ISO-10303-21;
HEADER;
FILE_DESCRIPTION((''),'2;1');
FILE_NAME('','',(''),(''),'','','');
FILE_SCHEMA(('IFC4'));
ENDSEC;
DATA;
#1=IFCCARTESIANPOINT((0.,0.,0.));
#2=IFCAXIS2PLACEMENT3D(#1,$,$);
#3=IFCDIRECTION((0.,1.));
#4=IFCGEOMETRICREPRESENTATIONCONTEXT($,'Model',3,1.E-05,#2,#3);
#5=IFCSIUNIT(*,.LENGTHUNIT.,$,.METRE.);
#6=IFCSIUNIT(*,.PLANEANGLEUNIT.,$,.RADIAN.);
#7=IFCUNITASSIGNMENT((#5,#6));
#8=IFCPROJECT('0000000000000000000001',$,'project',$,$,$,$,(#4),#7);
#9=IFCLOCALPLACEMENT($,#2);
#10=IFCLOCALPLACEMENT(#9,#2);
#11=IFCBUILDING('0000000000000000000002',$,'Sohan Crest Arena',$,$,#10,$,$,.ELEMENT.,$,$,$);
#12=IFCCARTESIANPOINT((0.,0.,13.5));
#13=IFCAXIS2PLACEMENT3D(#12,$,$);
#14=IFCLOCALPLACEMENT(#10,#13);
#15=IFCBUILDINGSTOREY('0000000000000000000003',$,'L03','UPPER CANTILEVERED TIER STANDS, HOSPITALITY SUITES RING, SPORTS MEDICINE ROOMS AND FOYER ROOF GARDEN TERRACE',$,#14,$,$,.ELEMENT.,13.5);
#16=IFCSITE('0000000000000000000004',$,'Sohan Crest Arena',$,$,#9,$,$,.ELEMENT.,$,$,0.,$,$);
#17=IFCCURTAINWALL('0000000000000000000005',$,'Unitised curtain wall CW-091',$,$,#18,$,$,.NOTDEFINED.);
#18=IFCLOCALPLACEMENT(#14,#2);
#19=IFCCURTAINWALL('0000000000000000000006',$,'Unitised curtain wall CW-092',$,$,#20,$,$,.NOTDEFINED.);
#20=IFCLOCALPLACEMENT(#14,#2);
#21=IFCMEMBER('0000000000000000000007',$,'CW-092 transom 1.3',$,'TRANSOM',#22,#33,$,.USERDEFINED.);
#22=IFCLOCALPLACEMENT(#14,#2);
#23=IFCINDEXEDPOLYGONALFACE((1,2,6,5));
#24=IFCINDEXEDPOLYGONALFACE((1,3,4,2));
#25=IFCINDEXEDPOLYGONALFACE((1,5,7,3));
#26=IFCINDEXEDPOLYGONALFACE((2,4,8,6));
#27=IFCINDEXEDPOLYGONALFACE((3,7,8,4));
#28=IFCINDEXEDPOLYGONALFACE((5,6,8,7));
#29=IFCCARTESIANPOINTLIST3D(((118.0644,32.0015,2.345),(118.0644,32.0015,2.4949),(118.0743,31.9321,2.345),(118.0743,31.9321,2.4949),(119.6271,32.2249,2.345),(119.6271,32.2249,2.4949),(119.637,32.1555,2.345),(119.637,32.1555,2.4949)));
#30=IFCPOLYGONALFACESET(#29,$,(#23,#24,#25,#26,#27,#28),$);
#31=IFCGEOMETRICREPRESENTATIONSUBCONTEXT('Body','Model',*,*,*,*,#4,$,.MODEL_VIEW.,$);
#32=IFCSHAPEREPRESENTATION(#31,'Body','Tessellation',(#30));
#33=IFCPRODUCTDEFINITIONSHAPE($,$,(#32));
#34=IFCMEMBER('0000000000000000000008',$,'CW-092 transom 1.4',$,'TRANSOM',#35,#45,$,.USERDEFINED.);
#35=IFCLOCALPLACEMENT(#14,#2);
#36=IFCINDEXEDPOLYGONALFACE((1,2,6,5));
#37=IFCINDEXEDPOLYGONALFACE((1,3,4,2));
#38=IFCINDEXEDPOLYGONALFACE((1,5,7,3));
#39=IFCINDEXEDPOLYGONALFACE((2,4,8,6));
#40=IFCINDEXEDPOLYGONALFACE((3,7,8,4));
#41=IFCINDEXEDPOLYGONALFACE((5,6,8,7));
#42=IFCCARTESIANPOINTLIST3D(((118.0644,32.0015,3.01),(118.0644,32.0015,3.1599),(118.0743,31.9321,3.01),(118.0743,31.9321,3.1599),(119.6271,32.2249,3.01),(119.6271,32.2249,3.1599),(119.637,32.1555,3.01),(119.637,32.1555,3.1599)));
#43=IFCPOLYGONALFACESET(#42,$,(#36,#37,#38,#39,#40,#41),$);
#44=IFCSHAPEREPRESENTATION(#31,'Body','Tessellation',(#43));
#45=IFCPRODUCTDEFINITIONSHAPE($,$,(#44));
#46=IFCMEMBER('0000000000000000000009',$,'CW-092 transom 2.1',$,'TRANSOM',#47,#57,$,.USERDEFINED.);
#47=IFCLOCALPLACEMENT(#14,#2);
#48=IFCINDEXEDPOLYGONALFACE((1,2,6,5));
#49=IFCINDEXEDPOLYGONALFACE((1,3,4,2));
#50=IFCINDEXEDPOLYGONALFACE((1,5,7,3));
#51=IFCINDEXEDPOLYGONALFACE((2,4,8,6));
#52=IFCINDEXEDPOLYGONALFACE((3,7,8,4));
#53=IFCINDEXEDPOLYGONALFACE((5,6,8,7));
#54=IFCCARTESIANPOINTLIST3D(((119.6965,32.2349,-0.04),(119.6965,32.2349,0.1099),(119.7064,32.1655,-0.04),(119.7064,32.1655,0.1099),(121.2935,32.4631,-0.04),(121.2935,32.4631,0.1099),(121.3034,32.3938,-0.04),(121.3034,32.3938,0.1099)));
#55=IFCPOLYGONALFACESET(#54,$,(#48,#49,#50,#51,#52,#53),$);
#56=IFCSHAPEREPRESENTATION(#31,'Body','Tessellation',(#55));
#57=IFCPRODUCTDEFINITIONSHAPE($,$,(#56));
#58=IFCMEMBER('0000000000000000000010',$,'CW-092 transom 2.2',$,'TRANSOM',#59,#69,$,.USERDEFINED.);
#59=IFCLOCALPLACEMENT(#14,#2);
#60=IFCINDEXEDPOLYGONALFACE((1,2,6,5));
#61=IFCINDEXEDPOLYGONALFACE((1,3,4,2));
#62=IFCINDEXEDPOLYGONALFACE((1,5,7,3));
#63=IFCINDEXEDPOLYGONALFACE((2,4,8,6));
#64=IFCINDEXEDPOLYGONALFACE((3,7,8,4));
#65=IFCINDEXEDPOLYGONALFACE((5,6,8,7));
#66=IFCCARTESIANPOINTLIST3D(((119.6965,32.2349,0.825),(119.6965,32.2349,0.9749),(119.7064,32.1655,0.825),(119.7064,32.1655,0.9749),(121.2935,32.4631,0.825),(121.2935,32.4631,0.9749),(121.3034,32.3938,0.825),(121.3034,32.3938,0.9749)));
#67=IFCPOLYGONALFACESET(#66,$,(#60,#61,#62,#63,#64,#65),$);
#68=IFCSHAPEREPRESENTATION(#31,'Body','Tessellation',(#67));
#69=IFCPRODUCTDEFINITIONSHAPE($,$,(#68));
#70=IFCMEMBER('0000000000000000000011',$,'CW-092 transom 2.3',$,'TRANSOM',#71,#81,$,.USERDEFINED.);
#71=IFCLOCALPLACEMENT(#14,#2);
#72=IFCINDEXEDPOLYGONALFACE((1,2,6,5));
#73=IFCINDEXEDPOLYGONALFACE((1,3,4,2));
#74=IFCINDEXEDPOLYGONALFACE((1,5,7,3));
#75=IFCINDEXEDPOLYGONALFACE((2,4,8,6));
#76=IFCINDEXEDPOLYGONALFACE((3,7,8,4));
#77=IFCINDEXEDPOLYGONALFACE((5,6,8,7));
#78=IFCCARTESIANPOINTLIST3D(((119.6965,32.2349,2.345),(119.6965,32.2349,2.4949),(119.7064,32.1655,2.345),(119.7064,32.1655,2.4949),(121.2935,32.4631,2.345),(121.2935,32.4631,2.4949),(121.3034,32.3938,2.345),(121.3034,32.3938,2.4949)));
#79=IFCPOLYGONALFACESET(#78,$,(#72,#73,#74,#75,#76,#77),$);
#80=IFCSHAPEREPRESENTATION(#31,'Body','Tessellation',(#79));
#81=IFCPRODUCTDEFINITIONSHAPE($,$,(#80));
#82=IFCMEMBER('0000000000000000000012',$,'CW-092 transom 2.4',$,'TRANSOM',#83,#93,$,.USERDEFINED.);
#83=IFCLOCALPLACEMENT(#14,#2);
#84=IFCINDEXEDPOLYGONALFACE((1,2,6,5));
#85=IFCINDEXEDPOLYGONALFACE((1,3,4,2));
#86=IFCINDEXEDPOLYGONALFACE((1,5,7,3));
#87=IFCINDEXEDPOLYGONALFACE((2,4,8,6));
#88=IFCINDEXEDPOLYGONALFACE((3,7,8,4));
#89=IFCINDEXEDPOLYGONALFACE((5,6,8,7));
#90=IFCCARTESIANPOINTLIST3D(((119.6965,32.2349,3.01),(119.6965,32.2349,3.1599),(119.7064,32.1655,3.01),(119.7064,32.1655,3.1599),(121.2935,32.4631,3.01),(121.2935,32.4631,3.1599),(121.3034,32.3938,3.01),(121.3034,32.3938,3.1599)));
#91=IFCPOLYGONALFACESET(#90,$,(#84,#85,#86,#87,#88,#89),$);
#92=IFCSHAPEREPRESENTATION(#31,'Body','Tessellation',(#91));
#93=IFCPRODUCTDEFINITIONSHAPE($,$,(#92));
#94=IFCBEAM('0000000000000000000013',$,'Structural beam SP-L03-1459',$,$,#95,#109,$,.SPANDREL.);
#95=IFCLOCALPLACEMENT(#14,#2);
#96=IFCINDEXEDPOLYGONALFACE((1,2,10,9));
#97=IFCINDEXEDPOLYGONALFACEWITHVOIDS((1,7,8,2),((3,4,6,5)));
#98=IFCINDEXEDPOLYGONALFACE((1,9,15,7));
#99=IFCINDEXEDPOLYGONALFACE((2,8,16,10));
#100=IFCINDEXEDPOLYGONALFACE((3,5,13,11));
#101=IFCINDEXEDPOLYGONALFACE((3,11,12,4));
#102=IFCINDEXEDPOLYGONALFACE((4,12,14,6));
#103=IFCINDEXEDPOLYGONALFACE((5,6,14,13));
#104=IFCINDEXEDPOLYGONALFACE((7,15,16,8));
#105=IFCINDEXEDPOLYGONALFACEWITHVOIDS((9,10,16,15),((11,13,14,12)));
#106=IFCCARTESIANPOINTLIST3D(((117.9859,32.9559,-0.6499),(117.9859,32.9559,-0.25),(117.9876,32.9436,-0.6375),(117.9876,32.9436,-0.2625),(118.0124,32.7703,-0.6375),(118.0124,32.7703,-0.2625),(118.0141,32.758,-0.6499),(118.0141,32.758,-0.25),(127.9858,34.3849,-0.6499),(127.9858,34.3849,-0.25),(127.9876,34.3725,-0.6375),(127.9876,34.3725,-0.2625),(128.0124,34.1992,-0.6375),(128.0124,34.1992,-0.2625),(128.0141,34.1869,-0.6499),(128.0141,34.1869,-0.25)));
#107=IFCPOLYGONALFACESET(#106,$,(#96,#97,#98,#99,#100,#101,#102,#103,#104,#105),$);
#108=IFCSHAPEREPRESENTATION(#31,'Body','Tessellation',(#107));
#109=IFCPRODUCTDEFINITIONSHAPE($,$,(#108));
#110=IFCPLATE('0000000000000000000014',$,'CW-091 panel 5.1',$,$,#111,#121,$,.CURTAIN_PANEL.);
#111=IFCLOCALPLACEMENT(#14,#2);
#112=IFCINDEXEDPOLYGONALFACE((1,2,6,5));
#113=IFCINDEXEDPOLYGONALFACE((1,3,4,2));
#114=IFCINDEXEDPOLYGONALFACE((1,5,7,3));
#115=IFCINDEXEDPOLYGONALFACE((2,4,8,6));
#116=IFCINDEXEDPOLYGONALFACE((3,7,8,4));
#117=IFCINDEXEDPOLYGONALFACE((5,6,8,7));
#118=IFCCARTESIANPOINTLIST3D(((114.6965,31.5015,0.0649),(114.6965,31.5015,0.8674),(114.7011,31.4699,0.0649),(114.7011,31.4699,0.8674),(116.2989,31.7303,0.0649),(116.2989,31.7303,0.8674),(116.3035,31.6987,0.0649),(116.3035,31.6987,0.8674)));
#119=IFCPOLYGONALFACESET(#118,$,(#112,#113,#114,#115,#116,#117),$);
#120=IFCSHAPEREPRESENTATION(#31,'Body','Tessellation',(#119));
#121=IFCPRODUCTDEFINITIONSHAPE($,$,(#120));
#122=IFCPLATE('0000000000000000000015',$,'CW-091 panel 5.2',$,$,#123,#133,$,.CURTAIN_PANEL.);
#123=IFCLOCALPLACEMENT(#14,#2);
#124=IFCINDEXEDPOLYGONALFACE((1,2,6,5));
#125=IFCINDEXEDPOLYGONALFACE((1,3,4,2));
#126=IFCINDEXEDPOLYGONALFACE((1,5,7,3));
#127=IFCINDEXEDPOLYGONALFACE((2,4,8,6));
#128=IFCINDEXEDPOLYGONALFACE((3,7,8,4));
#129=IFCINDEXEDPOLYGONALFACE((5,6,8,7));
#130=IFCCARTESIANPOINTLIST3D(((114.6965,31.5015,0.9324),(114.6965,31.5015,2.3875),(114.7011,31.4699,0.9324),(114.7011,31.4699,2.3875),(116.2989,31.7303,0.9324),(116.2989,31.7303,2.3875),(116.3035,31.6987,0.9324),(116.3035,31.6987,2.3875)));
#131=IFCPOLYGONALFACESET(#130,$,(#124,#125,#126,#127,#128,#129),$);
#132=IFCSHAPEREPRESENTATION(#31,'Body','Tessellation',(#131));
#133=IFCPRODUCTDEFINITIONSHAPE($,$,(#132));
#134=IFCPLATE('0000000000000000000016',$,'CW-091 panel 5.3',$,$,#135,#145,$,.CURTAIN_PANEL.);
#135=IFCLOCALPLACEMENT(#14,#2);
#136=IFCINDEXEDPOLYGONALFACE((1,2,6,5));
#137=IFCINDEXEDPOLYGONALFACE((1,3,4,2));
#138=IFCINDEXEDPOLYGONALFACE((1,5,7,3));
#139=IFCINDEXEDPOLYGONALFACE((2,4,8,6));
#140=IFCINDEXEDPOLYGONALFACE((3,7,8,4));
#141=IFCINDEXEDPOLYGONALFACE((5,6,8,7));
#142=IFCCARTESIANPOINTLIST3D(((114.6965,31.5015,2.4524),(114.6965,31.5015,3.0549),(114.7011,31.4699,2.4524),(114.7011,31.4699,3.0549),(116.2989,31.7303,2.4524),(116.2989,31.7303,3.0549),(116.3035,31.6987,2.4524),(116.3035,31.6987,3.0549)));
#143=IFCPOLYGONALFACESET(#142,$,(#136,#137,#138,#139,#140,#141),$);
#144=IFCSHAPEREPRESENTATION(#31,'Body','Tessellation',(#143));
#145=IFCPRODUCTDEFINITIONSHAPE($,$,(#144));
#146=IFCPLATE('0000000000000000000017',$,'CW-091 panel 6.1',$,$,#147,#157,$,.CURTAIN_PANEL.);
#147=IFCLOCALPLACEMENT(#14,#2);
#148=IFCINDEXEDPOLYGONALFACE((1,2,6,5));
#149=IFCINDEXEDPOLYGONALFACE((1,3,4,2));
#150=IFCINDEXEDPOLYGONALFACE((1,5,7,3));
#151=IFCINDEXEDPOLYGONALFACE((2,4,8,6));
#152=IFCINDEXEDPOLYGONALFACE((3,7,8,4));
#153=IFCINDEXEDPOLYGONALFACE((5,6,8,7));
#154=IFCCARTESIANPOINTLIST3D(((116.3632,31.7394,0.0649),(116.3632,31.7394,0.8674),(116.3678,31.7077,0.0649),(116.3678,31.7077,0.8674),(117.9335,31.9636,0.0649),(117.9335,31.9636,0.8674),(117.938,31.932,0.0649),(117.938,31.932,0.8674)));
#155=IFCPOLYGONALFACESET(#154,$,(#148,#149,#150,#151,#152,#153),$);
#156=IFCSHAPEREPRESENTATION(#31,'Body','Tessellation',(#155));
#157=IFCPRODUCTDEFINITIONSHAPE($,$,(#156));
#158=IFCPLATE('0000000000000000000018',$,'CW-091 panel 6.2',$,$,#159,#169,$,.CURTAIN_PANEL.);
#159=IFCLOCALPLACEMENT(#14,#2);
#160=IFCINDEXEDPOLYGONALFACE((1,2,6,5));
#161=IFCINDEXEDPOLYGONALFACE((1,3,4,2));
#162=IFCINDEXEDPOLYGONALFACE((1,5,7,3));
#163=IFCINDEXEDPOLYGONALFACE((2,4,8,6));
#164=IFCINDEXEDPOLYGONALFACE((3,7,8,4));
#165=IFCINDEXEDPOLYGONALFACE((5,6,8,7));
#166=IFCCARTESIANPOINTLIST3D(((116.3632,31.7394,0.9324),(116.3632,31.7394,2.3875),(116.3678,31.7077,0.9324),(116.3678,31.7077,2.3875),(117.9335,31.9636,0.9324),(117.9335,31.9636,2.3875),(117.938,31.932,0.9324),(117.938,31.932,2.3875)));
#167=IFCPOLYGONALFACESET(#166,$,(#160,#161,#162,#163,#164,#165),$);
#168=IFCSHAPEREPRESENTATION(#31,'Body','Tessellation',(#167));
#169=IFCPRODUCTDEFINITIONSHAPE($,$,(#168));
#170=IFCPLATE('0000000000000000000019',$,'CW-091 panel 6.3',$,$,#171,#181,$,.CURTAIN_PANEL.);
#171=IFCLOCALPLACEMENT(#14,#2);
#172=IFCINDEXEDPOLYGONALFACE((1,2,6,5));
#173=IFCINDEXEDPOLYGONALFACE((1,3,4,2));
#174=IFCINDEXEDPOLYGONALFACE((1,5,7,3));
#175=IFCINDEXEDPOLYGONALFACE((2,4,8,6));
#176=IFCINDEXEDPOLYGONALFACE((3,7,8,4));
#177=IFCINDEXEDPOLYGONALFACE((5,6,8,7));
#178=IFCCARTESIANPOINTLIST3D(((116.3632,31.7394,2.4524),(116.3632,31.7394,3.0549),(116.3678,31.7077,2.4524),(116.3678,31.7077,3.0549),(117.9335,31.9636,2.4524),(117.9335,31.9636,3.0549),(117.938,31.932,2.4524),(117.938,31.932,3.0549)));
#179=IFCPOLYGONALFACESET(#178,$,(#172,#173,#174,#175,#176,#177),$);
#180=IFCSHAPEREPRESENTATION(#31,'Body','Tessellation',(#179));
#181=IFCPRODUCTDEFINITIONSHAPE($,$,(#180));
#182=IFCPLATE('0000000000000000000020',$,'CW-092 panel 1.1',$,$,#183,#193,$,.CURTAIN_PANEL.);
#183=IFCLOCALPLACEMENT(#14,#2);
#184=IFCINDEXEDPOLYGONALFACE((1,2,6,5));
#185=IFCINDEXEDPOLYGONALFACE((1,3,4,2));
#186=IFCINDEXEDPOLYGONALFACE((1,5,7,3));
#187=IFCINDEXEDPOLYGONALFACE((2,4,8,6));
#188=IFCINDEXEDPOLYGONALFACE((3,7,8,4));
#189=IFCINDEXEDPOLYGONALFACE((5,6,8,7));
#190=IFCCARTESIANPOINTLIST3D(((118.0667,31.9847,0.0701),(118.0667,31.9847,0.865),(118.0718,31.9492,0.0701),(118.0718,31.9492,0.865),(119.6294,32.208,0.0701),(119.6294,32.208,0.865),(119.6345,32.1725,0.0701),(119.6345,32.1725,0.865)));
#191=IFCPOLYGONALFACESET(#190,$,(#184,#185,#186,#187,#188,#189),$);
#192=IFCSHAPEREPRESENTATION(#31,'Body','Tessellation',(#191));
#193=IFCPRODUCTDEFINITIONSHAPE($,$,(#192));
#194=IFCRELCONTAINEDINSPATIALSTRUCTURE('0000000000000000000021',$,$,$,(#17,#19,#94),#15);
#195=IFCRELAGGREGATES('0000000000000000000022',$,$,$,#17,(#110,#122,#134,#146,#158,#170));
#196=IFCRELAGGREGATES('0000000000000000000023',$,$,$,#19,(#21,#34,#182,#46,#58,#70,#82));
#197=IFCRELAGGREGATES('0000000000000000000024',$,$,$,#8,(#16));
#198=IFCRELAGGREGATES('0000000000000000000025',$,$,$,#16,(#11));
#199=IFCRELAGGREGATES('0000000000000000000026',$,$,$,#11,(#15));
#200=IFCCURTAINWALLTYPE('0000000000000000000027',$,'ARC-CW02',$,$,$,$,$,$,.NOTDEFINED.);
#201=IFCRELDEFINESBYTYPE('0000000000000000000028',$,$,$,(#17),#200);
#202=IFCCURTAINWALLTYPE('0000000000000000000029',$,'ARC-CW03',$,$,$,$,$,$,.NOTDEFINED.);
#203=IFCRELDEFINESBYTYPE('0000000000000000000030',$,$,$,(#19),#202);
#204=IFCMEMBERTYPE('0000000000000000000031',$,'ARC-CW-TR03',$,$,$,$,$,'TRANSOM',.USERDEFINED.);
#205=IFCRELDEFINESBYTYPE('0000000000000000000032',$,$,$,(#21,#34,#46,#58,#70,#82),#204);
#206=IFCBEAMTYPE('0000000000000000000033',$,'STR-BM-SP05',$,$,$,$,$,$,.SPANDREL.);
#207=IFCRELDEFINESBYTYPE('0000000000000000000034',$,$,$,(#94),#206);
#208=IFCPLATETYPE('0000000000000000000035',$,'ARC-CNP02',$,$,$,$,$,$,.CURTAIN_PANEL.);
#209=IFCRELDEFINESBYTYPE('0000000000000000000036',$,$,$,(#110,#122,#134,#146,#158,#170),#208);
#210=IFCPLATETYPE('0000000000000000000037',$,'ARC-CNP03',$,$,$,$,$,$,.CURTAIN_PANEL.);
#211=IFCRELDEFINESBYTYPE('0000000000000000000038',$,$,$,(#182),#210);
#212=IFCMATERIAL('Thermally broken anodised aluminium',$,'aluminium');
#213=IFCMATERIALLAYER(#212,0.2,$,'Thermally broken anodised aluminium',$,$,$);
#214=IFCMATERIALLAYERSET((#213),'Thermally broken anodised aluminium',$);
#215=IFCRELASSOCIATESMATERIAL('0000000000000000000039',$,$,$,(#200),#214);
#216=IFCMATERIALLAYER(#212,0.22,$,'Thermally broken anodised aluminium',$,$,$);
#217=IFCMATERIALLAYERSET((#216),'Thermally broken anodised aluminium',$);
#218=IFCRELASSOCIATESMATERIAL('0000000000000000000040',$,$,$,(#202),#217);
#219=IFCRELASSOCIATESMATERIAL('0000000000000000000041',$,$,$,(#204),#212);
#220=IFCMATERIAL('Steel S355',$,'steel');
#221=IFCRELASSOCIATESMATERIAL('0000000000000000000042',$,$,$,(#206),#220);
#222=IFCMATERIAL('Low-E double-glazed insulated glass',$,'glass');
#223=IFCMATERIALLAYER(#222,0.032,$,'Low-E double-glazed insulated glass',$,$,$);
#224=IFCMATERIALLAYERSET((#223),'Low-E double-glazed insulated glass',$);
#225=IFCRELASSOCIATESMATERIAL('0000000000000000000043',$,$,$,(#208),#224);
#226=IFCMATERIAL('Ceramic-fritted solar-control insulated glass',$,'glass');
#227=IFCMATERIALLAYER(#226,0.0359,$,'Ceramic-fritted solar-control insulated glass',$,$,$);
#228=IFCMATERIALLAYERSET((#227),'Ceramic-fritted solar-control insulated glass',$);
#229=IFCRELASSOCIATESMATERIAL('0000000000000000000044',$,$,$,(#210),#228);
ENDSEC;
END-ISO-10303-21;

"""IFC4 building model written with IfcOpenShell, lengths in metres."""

from ifc_helpers import new_model, si_unit, direction, frame, origin, origin_2d, place, context, subcontext, project, spatial, rectangle, hollow_rectangle, extrude, material, layer, layer_set, material_profile, profile_set, type_object, element, aggregate, save


model = new_model("IFC4")

# Units and contexts
model_context = context("Model", 3, precision=1e-05, world=origin(), true_north=direction((0.0, 1.0)))
body_context = subcontext(model_context, "Body", "Model", "MODEL_VIEW")
ifc_project = project(units=[si_unit("LENGTHUNIT", "METRE"), si_unit("PLANEANGLEUNIT", "RADIAN")], contexts=[model_context])

# Site, building, storey
site_placement = place(None, origin())
site = spatial("IfcSite", under=ifc_project, at=site_placement, Name="Sohan Crest Arena", CompositionType="ELEMENT", RefElevation=0.0)
building_placement = place(site_placement, origin())
building = spatial("IfcBuilding", under=site, at=building_placement, Name="Sohan Crest Arena", CompositionType="ELEMENT")
storey_placement = place(building_placement, frame((0.0, 0.0, 13.5)))
storey = spatial("IfcBuildingStorey", under=building, at=storey_placement, Name="L03", Description="UPPER CANTILEVERED TIER STANDS, HOSPITALITY SUITES RING, SPORTS MEDICINE ROOMS AND FOYER ROOF GARDEN TERRACE", CompositionType="ELEMENT", Elevation=13.5)

# Shared definitions
ifc_material_1 = material(Name="Steel S355", Category="steel")

# Curtain walls
ifc_material_2 = material(Name="Thermally broken anodised aluminium", Category="aluminium")
ifc_layer_1 = layer(ifc_material_2, 0.2, Name="Thermally broken anodised aluminium")
ifc_layer_set_1 = layer_set([ifc_layer_1], Name="Thermally broken anodised aluminium")
curtain_wall_type_1 = type_object("IfcCurtainWallType", Name="ARC-CW02", PredefinedType="NOTDEFINED", material=ifc_layer_set_1)
curtain_wall_1_placement = place(storey_placement, origin())
curtain_wall_1 = element("IfcCurtainWall", 1, at=curtain_wall_1_placement, inside=storey, type_object=curtain_wall_type_1, Name="Unitised curtain wall CW-091", PredefinedType="NOTDEFINED")
ifc_layer_2 = layer(ifc_material_2, 0.22, Name="Thermally broken anodised aluminium")
ifc_layer_set_2 = layer_set([ifc_layer_2], Name="Thermally broken anodised aluminium")
curtain_wall_type_2 = type_object("IfcCurtainWallType", Name="ARC-CW03", PredefinedType="NOTDEFINED", material=ifc_layer_set_2)
curtain_wall_2_placement = place(storey_placement, origin())
curtain_wall_2 = element("IfcCurtainWall", 2, at=curtain_wall_2_placement, inside=storey, type_object=curtain_wall_type_2, Name="Unitised curtain wall CW-092", PredefinedType="NOTDEFINED")

# Members
ifc_material_profile_1 = material_profile(ifc_material_2, rectangle(XDim=0.0701, YDim=0.1499, at=origin_2d()), Name="ALU-TRAN 70x150")
ifc_profile_set_1 = profile_set([ifc_material_profile_1], Name="Thermally broken anodised aluminium")
member_type_1 = type_object("IfcMemberType", Name="ARC-CW-TR03", ElementType="TRANSOM", PredefinedType="USERDEFINED", material=ifc_profile_set_1)
member_1_placement = place(storey_placement, frame((118.0693, 31.9668, 2.4199), z_axis=(0.989937, 0.141508, 0.0), x_axis=(-0.141508, 0.989937, 0.0)))
member_1 = element("IfcMember", 3, at=member_1_placement, type_object=member_type_1, Name="CW-092 transom 1.3", ObjectType="TRANSOM", PredefinedType="USERDEFINED", context=body_context, shape_type="SweptSolid", body=[
    extrude(rectangle(XDim=0.0701, YDim=0.1499, at=origin_2d()), origin(), (0.0, 0.0, 1.0), 1.5786),
])
member_2_placement = place(storey_placement, frame((118.0693, 31.9668, 3.085), z_axis=(0.989937, 0.141508, 0.0), x_axis=(-0.141508, 0.989937, 0.0)))
member_2 = element("IfcMember", 4, at=member_2_placement, type_object=member_type_1, Name="CW-092 transom 1.4", ObjectType="TRANSOM", PredefinedType="USERDEFINED", context=body_context, shape_type="SweptSolid", body=[
    extrude(rectangle(XDim=0.0701, YDim=0.1499, at=origin_2d()), origin(), (0.0, 0.0, 1.0), 1.5786),
])
member_3_placement = place(storey_placement, frame((119.7014, 32.2002, 0.0349), z_axis=(0.98994, 0.141485, 0.0), x_axis=(-0.141485, 0.98994, 0.0)))
member_3 = element("IfcMember", 5, at=member_3_placement, type_object=member_type_1, Name="CW-092 transom 2.1", ObjectType="TRANSOM", PredefinedType="USERDEFINED", context=body_context, shape_type="SweptSolid", body=[
    extrude(rectangle(XDim=0.0701, YDim=0.1499, at=origin_2d()), origin(), (0.0, 0.0, 1.0), 1.6133),
])
member_4_placement = place(storey_placement, frame((119.7014, 32.2002, 0.8999), z_axis=(0.98994, 0.141485, 0.0), x_axis=(-0.141485, 0.98994, 0.0)))
member_4 = element("IfcMember", 6, at=member_4_placement, type_object=member_type_1, Name="CW-092 transom 2.2", ObjectType="TRANSOM", PredefinedType="USERDEFINED", context=body_context, shape_type="SweptSolid", body=[
    extrude(rectangle(XDim=0.0701, YDim=0.1499, at=origin_2d()), origin(), (0.0, 0.0, 1.0), 1.6133),
])
member_5_placement = place(storey_placement, frame((119.7014, 32.2002, 2.4199), z_axis=(0.98994, 0.141485, 0.0), x_axis=(-0.141485, 0.98994, 0.0)))
member_5 = element("IfcMember", 7, at=member_5_placement, type_object=member_type_1, Name="CW-092 transom 2.3", ObjectType="TRANSOM", PredefinedType="USERDEFINED", context=body_context, shape_type="SweptSolid", body=[
    extrude(rectangle(XDim=0.0701, YDim=0.1499, at=origin_2d()), origin(), (0.0, 0.0, 1.0), 1.6133),
])
member_6_placement = place(storey_placement, frame((119.7014, 32.2002, 3.085), z_axis=(0.98994, 0.141485, 0.0), x_axis=(-0.141485, 0.98994, 0.0)))
member_6 = element("IfcMember", 8, at=member_6_placement, type_object=member_type_1, Name="CW-092 transom 2.4", ObjectType="TRANSOM", PredefinedType="USERDEFINED", context=body_context, shape_type="SweptSolid", body=[
    extrude(rectangle(XDim=0.0701, YDim=0.1499, at=origin_2d()), origin(), (0.0, 0.0, 1.0), 1.6133),
])

# Beam
ifc_material_profile_2 = material_profile(ifc_material_1, hollow_rectangle(XDim=0.2, YDim=0.3999, WallThickness=0.0125, at=origin_2d()), Name="RHS 400x200x12.5")
ifc_profile_set_2 = profile_set([ifc_material_profile_2], Name="Steel S355")
beam_type = type_object("IfcBeamType", Name="STR-BM-SP05", PredefinedType="SPANDREL", material=ifc_profile_set_2)
beam_placement = place(storey_placement, frame((118.0, 32.8569, -0.45), z_axis=(0.989944, 0.141459, 0.0), x_axis=(-0.141459, 0.989944, 0.0)))
element("IfcBeam", 9, at=beam_placement, inside=storey, type_object=beam_type, Name="Structural beam SP-L03-1459", PredefinedType="SPANDREL", context=body_context, shape_type="SweptSolid", body=[
    extrude(hollow_rectangle(XDim=0.2, YDim=0.3999, WallThickness=0.0125, at=origin_2d()), origin(), (0.0, 0.0, 1.0), 10.1016),
])

# Plates
ifc_material_3 = material(Name="Low-E double-glazed insulated glass", Category="glass")
ifc_layer_3 = layer(ifc_material_3, 0.032, Name="Low-E double-glazed insulated glass")
ifc_layer_set_3 = layer_set([ifc_layer_3], Name="Low-E double-glazed insulated glass")
plate_type_1 = type_object("IfcPlateType", Name="ARC-CNP02", PredefinedType="CURTAIN_PANEL", material=ifc_layer_set_3)
plate_1_placement = place(storey_placement, frame((115.5, 31.6001, 0.0649), z_axis=(0.0, 0.0, 1.0), x_axis=(0.989957, 0.141366, 0.0)))
plate_1 = element("IfcPlate", 10, at=plate_1_placement, type_object=plate_type_1, Name="CW-091 panel 5.1", PredefinedType="CURTAIN_PANEL", context=body_context, shape_type="SweptSolid", body=[
    extrude(rectangle(XDim=1.6187, YDim=0.032, at=origin_2d()), origin(), (0.0, 0.0, 1.0), 0.8025),
])
plate_2_placement = place(storey_placement, frame((115.5, 31.6001, 0.9324), z_axis=(0.0, 0.0, 1.0), x_axis=(0.989957, 0.141366, 0.0)))
plate_2 = element("IfcPlate", 11, at=plate_2_placement, type_object=plate_type_1, Name="CW-091 panel 5.2", PredefinedType="CURTAIN_PANEL", context=body_context, shape_type="SweptSolid", body=[
    extrude(rectangle(XDim=1.6187, YDim=0.032, at=origin_2d()), origin(), (0.0, 0.0, 1.0), 1.4551),
])
plate_3_placement = place(storey_placement, frame((115.5, 31.6001, 2.4524), z_axis=(0.0, 0.0, 1.0), x_axis=(0.989957, 0.141366, 0.0)))
plate_3 = element("IfcPlate", 12, at=plate_3_placement, type_object=plate_type_1, Name="CW-091 panel 5.3", PredefinedType="CURTAIN_PANEL", context=body_context, shape_type="SweptSolid", body=[
    extrude(rectangle(XDim=1.6187, YDim=0.032, at=origin_2d()), origin(), (0.0, 0.0, 1.0), 0.6025),
])
plate_4_placement = place(storey_placement, frame((117.1506, 31.8357, 0.0649), z_axis=(0.0, 0.0, 1.0), x_axis=(0.989957, 0.141366, 0.0)))
plate_4 = element("IfcPlate", 13, at=plate_4_placement, type_object=plate_type_1, Name="CW-091 panel 6.1", PredefinedType="CURTAIN_PANEL", context=body_context, shape_type="SweptSolid", body=[
    extrude(rectangle(XDim=1.5862, YDim=0.032, at=origin_2d()), origin(), (0.0, 0.0, 1.0), 0.8025),
])
plate_5_placement = place(storey_placement, frame((117.1506, 31.8357, 0.9324), z_axis=(0.0, 0.0, 1.0), x_axis=(0.989957, 0.141366, 0.0)))
plate_5 = element("IfcPlate", 14, at=plate_5_placement, type_object=plate_type_1, Name="CW-091 panel 6.2", PredefinedType="CURTAIN_PANEL", context=body_context, shape_type="SweptSolid", body=[
    extrude(rectangle(XDim=1.5862, YDim=0.032, at=origin_2d()), origin(), (0.0, 0.0, 1.0), 1.4551),
])
plate_6_placement = place(storey_placement, frame((117.1506, 31.8357, 2.4524), z_axis=(0.0, 0.0, 1.0), x_axis=(0.989957, 0.141366, 0.0)))
plate_6 = element("IfcPlate", 15, at=plate_6_placement, type_object=plate_type_1, Name="CW-091 panel 6.3", PredefinedType="CURTAIN_PANEL", context=body_context, shape_type="SweptSolid", body=[
    extrude(rectangle(XDim=1.5862, YDim=0.032, at=origin_2d()), origin(), (0.0, 0.0, 1.0), 0.6025),
])
aggregate(curtain_wall_1, [plate_1, plate_2, plate_3, plate_4, plate_5, plate_6])
ifc_material_4 = material(Name="Ceramic-fritted solar-control insulated glass", Category="glass")
ifc_layer_4 = layer(ifc_material_4, 0.0359, Name="Ceramic-fritted solar-control insulated glass")
ifc_layer_set_4 = layer_set([ifc_layer_4], Name="Ceramic-fritted solar-control insulated glass")
plate_type_2 = type_object("IfcPlateType", Name="ARC-CNP03", PredefinedType="CURTAIN_PANEL", material=ifc_layer_set_4)
plate_7_placement = place(storey_placement, frame((118.8506, 32.0786, 0.0701), z_axis=(0.0, 0.0, 1.0), x_axis=(0.989944, 0.141463, 0.0)))
plate_7 = element("IfcPlate", 16, at=plate_7_placement, type_object=plate_type_2, Name="CW-092 panel 1.1", PredefinedType="CURTAIN_PANEL", context=body_context, shape_type="SweptSolid", body=[
    extrude(rectangle(XDim=1.5786, YDim=0.0359, at=origin_2d()), origin(), (0.0, 0.0, 1.0), 0.7949),
])
aggregate(curtain_wall_2, [member_1, member_2, plate_7, member_3, member_4, member_5, member_6])

save(model, "model.ifc")
